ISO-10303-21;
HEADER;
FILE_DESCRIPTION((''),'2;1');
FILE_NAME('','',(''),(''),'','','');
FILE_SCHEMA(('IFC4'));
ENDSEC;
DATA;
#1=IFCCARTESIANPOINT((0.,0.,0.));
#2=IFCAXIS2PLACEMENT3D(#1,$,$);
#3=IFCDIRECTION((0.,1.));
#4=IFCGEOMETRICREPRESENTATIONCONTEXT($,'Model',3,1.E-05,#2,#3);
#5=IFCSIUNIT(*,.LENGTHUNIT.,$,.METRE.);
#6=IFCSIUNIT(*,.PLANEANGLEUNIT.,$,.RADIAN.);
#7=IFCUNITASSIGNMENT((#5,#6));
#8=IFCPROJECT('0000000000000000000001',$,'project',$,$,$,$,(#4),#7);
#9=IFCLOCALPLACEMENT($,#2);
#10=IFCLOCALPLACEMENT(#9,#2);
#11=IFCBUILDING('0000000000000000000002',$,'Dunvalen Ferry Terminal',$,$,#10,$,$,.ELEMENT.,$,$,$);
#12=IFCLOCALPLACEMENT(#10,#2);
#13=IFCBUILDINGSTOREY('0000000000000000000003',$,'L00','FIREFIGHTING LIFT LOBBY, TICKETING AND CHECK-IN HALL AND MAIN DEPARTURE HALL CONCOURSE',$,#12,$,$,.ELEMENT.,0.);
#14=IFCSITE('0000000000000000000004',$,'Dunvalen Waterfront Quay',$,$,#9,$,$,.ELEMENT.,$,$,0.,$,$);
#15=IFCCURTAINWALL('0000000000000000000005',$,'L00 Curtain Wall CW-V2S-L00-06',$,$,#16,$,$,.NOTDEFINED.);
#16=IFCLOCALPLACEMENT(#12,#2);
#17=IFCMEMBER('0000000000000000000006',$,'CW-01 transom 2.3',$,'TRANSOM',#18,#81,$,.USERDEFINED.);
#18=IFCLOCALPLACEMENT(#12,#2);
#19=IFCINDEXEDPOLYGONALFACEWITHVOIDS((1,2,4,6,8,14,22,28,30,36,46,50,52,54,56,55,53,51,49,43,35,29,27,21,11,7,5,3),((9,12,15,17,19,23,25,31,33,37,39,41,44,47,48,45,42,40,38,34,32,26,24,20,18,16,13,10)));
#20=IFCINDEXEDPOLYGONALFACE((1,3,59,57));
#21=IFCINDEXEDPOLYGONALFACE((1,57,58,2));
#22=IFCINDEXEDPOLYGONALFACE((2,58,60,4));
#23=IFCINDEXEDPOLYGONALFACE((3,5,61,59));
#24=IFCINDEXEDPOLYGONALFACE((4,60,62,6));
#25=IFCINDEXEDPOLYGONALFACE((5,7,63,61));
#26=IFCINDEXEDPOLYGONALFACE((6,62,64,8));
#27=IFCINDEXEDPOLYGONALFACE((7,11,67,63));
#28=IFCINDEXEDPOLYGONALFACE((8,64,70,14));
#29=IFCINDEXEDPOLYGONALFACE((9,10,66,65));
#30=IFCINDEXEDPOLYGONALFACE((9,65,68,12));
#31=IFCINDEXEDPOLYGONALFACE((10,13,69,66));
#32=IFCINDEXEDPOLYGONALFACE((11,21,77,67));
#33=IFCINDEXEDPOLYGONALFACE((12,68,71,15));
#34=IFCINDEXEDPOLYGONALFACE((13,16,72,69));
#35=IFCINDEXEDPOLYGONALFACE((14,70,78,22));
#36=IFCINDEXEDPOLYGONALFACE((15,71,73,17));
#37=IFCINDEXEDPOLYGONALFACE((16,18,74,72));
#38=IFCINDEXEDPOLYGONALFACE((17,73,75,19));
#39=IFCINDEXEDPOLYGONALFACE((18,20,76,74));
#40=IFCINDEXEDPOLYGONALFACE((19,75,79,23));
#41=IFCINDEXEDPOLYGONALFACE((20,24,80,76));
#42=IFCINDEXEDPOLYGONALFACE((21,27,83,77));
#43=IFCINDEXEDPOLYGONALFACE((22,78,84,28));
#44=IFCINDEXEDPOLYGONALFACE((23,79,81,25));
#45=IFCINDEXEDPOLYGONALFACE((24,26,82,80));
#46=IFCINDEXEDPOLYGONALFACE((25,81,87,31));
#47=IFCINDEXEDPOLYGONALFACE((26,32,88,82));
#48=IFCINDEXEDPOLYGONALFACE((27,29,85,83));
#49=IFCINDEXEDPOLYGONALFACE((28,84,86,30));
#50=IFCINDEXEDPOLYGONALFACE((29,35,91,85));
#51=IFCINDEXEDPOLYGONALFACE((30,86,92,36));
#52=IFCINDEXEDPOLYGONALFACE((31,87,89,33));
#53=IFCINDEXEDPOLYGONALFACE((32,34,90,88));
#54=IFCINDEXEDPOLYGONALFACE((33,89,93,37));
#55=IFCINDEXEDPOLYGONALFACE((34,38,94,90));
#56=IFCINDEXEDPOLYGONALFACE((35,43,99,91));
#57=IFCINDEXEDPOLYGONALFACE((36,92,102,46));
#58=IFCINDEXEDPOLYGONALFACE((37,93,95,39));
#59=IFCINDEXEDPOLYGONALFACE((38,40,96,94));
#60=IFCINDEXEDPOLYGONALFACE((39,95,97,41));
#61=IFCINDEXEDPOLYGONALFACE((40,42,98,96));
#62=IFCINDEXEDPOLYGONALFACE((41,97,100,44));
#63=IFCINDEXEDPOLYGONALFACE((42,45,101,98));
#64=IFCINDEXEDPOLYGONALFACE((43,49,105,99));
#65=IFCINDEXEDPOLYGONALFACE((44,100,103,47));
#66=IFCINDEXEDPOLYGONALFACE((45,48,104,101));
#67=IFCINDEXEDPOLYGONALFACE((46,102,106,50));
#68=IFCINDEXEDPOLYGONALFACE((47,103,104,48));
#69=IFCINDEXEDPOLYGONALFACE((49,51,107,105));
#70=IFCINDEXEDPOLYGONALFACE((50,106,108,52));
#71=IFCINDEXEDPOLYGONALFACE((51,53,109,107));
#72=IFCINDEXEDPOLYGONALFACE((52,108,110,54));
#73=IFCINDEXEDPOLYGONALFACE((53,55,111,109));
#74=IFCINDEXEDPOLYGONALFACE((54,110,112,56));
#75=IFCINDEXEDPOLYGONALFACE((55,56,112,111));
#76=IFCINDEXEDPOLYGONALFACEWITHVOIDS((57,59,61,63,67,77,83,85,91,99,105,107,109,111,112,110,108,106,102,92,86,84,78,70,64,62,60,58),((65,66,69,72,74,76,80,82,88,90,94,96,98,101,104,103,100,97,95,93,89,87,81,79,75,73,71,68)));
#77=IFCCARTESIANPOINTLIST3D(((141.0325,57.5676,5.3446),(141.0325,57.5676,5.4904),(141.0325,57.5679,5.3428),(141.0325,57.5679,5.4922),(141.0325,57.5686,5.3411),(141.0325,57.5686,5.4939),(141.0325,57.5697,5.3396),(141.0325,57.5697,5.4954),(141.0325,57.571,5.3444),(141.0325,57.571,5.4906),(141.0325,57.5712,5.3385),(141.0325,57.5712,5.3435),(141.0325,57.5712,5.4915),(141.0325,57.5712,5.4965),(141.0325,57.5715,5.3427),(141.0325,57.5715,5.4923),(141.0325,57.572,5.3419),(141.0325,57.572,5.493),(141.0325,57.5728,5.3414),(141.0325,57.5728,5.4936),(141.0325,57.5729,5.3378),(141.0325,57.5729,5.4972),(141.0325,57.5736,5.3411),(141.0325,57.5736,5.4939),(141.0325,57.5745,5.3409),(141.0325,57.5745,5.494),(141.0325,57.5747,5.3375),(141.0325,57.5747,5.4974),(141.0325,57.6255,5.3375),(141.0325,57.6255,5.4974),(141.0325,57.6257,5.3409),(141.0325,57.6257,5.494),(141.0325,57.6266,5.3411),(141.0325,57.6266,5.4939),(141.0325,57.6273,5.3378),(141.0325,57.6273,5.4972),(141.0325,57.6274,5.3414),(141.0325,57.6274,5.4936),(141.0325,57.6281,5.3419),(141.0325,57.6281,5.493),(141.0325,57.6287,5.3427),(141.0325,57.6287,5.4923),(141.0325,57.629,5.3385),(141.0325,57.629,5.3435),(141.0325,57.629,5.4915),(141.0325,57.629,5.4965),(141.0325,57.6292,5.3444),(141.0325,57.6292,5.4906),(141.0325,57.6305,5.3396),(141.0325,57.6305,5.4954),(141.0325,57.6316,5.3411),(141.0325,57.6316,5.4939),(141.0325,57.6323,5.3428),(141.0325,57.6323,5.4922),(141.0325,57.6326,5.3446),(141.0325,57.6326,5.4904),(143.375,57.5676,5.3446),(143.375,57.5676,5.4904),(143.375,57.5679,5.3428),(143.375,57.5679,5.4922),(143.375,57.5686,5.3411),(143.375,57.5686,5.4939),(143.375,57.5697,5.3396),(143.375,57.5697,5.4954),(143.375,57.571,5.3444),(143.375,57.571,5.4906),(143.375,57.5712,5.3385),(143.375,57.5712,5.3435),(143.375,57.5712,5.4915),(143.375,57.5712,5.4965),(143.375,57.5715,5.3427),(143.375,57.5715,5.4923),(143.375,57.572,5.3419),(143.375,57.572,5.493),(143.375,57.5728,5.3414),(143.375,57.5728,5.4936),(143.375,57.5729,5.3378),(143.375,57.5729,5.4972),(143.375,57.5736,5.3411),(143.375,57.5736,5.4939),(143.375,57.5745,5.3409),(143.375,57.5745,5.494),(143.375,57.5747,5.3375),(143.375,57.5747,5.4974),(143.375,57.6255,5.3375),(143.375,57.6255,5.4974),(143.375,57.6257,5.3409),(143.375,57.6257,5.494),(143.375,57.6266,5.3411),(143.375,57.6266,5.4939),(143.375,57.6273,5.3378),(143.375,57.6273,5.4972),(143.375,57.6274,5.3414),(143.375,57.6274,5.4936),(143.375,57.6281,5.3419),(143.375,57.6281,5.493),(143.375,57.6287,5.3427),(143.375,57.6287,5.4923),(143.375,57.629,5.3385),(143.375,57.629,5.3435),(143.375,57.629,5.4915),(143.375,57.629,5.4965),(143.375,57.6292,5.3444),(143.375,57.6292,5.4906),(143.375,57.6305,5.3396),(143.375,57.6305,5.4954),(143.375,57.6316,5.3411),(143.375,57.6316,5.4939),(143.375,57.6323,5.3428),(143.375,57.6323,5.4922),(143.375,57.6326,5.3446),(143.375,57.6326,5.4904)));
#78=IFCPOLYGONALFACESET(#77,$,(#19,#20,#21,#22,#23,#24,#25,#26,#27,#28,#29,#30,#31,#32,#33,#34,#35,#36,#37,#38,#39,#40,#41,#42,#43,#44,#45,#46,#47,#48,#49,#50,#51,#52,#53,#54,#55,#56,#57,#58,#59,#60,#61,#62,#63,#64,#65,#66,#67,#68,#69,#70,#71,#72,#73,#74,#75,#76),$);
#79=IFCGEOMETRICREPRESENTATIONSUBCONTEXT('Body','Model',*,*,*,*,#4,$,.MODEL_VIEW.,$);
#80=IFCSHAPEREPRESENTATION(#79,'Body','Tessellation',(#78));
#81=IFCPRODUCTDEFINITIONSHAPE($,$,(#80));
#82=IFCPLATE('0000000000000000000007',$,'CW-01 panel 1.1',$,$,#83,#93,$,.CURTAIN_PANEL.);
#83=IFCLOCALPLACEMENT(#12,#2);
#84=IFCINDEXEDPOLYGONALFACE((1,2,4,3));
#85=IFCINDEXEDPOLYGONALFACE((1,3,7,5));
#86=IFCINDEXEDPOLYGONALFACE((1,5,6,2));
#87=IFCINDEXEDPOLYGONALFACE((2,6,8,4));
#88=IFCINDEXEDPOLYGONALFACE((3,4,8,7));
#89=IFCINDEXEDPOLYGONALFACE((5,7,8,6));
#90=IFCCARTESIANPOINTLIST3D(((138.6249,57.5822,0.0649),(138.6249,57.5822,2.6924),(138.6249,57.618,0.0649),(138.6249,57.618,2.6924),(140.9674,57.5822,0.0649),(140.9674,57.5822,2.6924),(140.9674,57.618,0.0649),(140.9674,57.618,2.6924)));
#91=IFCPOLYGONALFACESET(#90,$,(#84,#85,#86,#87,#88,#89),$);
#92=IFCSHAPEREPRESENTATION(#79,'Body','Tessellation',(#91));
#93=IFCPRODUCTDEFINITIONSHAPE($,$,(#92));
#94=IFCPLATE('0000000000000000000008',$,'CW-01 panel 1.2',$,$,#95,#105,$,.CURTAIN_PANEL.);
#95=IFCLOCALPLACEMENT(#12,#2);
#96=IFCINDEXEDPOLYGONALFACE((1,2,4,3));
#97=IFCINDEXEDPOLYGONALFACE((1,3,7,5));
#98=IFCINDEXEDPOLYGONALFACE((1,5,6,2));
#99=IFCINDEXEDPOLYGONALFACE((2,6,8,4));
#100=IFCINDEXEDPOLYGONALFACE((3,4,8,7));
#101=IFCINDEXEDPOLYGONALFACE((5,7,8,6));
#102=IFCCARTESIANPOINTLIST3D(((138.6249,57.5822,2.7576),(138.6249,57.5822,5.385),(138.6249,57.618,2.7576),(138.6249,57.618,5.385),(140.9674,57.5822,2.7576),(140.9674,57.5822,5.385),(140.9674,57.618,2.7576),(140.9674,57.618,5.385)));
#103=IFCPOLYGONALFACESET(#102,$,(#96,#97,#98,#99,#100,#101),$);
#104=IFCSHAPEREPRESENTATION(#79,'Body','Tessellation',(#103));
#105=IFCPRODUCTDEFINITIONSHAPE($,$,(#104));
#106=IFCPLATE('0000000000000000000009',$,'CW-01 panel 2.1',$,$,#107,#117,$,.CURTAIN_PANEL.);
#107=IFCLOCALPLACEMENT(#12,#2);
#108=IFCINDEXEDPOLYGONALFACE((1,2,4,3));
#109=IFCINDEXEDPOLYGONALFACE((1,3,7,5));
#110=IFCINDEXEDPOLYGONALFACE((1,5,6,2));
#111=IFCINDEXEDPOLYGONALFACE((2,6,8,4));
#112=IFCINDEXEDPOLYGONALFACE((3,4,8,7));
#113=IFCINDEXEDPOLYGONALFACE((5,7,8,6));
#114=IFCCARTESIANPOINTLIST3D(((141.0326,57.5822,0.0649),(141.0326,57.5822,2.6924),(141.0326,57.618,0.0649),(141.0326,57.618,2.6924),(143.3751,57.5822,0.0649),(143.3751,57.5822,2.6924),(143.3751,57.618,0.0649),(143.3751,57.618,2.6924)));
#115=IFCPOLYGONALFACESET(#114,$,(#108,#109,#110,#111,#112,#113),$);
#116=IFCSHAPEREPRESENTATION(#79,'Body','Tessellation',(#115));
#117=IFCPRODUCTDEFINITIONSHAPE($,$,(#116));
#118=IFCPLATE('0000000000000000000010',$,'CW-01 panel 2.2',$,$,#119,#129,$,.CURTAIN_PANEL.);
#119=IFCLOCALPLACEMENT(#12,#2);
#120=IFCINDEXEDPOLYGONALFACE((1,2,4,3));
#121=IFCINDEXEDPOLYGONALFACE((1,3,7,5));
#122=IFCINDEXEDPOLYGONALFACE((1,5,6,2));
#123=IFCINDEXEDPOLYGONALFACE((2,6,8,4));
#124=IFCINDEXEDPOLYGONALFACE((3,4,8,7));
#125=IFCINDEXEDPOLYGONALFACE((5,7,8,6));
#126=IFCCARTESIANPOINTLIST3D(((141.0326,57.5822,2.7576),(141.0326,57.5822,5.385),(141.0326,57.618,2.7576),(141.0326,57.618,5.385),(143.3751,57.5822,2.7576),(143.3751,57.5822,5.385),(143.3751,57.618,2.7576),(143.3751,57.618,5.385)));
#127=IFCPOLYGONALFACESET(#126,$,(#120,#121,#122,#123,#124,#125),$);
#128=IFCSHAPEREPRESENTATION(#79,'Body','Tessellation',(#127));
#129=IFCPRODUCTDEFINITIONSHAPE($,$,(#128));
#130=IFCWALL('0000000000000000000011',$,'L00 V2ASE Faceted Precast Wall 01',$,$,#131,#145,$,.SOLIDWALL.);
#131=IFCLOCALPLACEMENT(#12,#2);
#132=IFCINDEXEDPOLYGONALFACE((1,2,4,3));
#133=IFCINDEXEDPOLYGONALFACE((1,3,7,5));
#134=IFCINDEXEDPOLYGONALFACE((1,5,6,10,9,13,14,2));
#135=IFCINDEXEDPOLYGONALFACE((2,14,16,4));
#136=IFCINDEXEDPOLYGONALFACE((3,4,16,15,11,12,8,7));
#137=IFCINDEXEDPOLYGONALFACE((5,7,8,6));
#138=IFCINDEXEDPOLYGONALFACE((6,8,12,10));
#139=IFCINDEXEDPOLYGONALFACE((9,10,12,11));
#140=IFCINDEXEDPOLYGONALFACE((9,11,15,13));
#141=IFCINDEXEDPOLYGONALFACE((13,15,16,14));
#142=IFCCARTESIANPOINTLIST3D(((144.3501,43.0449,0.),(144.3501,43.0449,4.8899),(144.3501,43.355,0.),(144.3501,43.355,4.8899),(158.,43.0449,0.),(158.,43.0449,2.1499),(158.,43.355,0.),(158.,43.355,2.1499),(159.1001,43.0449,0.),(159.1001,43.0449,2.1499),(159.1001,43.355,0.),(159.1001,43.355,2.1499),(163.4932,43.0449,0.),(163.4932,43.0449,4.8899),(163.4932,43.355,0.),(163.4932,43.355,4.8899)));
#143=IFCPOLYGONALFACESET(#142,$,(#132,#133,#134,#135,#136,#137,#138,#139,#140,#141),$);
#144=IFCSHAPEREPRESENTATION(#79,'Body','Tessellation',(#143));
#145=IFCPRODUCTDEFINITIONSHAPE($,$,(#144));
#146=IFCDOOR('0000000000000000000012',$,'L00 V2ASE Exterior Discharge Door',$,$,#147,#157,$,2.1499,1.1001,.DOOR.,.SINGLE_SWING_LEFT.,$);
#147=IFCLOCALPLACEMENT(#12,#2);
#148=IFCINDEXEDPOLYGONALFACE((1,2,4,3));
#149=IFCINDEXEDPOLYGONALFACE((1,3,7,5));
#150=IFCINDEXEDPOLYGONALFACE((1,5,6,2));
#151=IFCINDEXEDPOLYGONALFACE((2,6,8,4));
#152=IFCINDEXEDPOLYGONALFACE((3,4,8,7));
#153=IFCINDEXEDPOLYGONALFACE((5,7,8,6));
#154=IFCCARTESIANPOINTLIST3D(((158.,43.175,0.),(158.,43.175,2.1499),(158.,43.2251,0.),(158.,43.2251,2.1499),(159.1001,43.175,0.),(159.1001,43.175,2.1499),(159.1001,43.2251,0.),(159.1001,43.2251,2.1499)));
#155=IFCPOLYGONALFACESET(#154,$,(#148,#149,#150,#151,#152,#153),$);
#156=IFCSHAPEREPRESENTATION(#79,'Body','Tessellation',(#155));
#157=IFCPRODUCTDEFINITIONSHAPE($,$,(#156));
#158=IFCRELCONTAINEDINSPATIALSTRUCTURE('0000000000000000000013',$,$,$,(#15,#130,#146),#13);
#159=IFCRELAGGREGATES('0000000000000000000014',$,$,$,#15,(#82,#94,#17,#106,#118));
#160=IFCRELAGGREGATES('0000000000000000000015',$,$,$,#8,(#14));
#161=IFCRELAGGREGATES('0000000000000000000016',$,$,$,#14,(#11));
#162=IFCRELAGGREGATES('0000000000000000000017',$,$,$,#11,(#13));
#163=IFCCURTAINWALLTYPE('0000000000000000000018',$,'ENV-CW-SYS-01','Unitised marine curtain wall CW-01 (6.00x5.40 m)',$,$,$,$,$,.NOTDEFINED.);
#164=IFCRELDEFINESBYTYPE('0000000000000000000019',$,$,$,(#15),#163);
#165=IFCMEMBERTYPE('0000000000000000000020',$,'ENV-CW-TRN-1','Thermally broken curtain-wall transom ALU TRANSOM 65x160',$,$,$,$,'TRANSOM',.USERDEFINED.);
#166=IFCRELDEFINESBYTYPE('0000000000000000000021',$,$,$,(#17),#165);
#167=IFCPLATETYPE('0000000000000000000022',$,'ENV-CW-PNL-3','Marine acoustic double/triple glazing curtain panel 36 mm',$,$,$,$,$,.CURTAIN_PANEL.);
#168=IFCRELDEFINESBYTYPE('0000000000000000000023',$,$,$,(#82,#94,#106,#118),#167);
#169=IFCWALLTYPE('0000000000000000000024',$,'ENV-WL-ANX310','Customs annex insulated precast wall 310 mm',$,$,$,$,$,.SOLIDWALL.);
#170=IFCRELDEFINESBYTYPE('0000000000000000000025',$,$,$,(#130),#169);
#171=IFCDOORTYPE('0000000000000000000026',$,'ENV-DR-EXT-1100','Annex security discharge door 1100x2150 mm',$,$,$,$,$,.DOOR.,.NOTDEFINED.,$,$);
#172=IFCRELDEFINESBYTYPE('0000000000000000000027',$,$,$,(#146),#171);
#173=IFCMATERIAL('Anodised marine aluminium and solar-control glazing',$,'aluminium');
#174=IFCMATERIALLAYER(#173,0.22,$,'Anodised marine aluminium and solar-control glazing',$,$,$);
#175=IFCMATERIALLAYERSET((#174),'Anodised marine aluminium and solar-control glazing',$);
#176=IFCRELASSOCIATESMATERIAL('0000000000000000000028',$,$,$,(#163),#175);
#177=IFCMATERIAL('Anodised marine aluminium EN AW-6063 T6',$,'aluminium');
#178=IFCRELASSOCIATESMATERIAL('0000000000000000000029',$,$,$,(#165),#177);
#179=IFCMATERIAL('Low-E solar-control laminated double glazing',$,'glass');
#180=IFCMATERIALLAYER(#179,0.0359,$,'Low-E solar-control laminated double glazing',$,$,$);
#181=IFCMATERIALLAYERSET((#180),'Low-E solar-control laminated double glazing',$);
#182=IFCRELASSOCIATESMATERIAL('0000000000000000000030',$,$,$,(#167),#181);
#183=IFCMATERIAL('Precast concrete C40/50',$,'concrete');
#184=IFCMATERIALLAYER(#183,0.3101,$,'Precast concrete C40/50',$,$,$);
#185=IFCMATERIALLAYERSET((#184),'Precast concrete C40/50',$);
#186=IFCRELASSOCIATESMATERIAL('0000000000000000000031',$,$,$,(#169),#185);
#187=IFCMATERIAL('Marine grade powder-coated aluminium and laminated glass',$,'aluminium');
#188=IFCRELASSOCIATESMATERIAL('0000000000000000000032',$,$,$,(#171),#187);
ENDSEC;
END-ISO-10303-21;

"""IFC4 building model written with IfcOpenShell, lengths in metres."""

from ifc_helpers import new_model, si_unit, direction, frame, frame_2d, origin, origin_2d, place, context, subcontext, project, spatial, rectangle, hollow_rectangle, extrude, material, layer, layer_set, material_profile, profile_set, type_object, element, fill, aggregate, save


model = new_model("IFC4")

# Units and contexts
model_context = context("Model", 3, precision=1e-05, world=origin(), true_north=direction((0.0, 1.0)))
body_context = subcontext(model_context, "Body", "Model", "MODEL_VIEW")
ifc_project = project(units=[si_unit("LENGTHUNIT", "METRE"), si_unit("PLANEANGLEUNIT", "RADIAN")], contexts=[model_context])

# Site, building, storey
site_placement = place(None, origin())
site = spatial("IfcSite", under=ifc_project, at=site_placement, Name="Dunvalen Waterfront Quay", CompositionType="ELEMENT", RefElevation=0.0)
building_placement = place(site_placement, origin())
building = spatial("IfcBuilding", under=site, at=building_placement, Name="Dunvalen Ferry Terminal", CompositionType="ELEMENT")
storey_placement = place(building_placement, origin())
storey = spatial("IfcBuildingStorey", under=building, at=storey_placement, Name="L00", Description="FIREFIGHTING LIFT LOBBY, TICKETING AND CHECK-IN HALL AND MAIN DEPARTURE HALL CONCOURSE", CompositionType="ELEMENT", Elevation=0.0)

# Curtain wall, member, plates
ifc_material_1 = material(Name="Anodised marine aluminium and solar-control glazing", Category="aluminium")
ifc_layer_1 = layer(ifc_material_1, 0.22, Name="Anodised marine aluminium and solar-control glazing")
ifc_layer_set_1 = layer_set([ifc_layer_1], Name="Anodised marine aluminium and solar-control glazing")
curtain_wall_type = type_object("IfcCurtainWallType", Name="ENV-CW-SYS-01", Description="Unitised marine curtain wall CW-01 (6.00x5.40 m)", PredefinedType="NOTDEFINED", material=ifc_layer_set_1)
curtain_wall_placement = place(storey_placement, origin())
curtain_wall = element("IfcCurtainWall", 1, at=curtain_wall_placement, inside=storey, type_object=curtain_wall_type, Name="L00 Curtain Wall CW-V2S-L00-06", PredefinedType="NOTDEFINED")
ifc_material_2 = material(Name="Anodised marine aluminium EN AW-6063 T6", Category="aluminium")
ifc_material_profile_1 = material_profile(ifc_material_2, hollow_rectangle(XDim=0.0649, YDim=0.1599, WallThickness=0.0034, InnerFilletRadius=0.0034, OuterFilletRadius=0.0071, at=origin_2d()), Name="Anodised marine aluminium EN AW-6063 T6")
ifc_profile_set_1 = profile_set([ifc_material_profile_1], Name="Anodised marine aluminium EN AW-6063 T6")
member_type_1 = type_object("IfcMemberType", Name="ENV-CW-TRN-1", Description="Thermally broken curtain-wall transom ALU TRANSOM 65x160", ElementType="TRANSOM", PredefinedType="USERDEFINED", material=ifc_profile_set_1)
member_1_placement = place(storey_placement, frame((141.0325, 57.6001, 5.4175), z_axis=(1.0, 0.0, 0.0), x_axis=(0.0, 1.0, 0.0)))
member_1 = element("IfcMember", 2, at=member_1_placement, type_object=member_type_1, Name="CW-01 transom 2.3", ObjectType="TRANSOM", PredefinedType="USERDEFINED", context=body_context, shape_type="SweptSolid", body=[
    extrude(hollow_rectangle(XDim=0.0649, YDim=0.1599, WallThickness=0.0034, InnerFilletRadius=0.0034, OuterFilletRadius=0.0071, at=origin_2d()), origin(), (0.0, 0.0, 1.0), 2.3425),
])
ifc_material_3 = material(Name="Low-E solar-control laminated double glazing", Category="glass")
ifc_layer_2 = layer(ifc_material_3, 0.0359, Name="Low-E solar-control laminated double glazing")
ifc_layer_set_2 = layer_set([ifc_layer_2], Name="Low-E solar-control laminated double glazing")
plate_type = type_object("IfcPlateType", Name="ENV-CW-PNL-3", Description="Marine acoustic double/triple glazing curtain panel 36 mm", PredefinedType="CURTAIN_PANEL", material=ifc_layer_set_2)
plate_1_placement = place(storey_placement, frame((139.7961, 57.6001, 0.0649), z_axis=(0.0, 0.0, 1.0), x_axis=(1.0, 0.0, 0.0)))
plate_1 = element("IfcPlate", 3, at=plate_1_placement, type_object=plate_type, Name="CW-01 panel 1.1", PredefinedType="CURTAIN_PANEL", context=body_context, shape_type="SweptSolid", body=[
    extrude(rectangle(XDim=2.3425, YDim=0.0359, at=origin_2d()), origin(), (0.0, 0.0, 1.0), 2.6274),
])
plate_2_placement = place(storey_placement, frame((139.7961, 57.6001, 2.7576), z_axis=(0.0, 0.0, 1.0), x_axis=(1.0, 0.0, 0.0)))
plate_2 = element("IfcPlate", 4, at=plate_2_placement, type_object=plate_type, Name="CW-01 panel 1.2", PredefinedType="CURTAIN_PANEL", context=body_context, shape_type="SweptSolid", body=[
    extrude(rectangle(XDim=2.3425, YDim=0.0359, at=origin_2d()), origin(), (0.0, 0.0, 1.0), 2.6274),
])
plate_3_placement = place(storey_placement, frame((142.2039, 57.6001, 0.0649), z_axis=(0.0, 0.0, 1.0), x_axis=(1.0, 0.0, 0.0)))
plate_3 = element("IfcPlate", 5, at=plate_3_placement, type_object=plate_type, Name="CW-01 panel 2.1", PredefinedType="CURTAIN_PANEL", context=body_context, shape_type="SweptSolid", body=[
    extrude(rectangle(XDim=2.3425, YDim=0.0359, at=origin_2d()), origin(), (0.0, 0.0, 1.0), 2.6274),
])
plate_4_placement = place(storey_placement, frame((142.2039, 57.6001, 2.7576), z_axis=(0.0, 0.0, 1.0), x_axis=(1.0, 0.0, 0.0)))
plate_4 = element("IfcPlate", 6, at=plate_4_placement, type_object=plate_type, Name="CW-01 panel 2.2", PredefinedType="CURTAIN_PANEL", context=body_context, shape_type="SweptSolid", body=[
    extrude(rectangle(XDim=2.3425, YDim=0.0359, at=origin_2d()), origin(), (0.0, 0.0, 1.0), 2.6274),
])
aggregate(curtain_wall, [plate_1, plate_2, member_1, plate_3, plate_4])

# Wall, opening, door
ifc_material_4 = material(Name="Precast concrete C40/50", Category="concrete")
ifc_layer_3 = layer(ifc_material_4, 0.3101, Name="Precast concrete C40/50")
ifc_layer_set_3 = layer_set([ifc_layer_3], Name="Precast concrete C40/50")
wall_type = type_object("IfcWallType", Name="ENV-WL-ANX310", Description="Customs annex insulated precast wall 310 mm", PredefinedType="SOLIDWALL", material=ifc_layer_set_3)
wall_1_placement = place(storey_placement, frame((144.3501, 43.2, 0.0), z_axis=(0.0, 0.0, 1.0), x_axis=(1.0, 0.0, 0.0)))
wall_1 = element("IfcWall", 7, at=wall_1_placement, inside=storey, type_object=wall_type, Name="L00 V2ASE Faceted Precast Wall 01", PredefinedType="SOLIDWALL", context=body_context, shape_type="SweptSolid", body=[
    extrude(rectangle(XDim=19.1431, YDim=0.3101, at=frame_2d((9.5715, 0.0))), origin(), (0.0, 0.0, 1.0), 4.8899),
])
opening_1_placement = place(wall_1_placement, frame((13.6499, 0.0, 0.0)))
opening_1 = element("IfcOpeningElement", 8, at=opening_1_placement, cuts=wall_1, PredefinedType="OPENING", context=body_context, shape_type="SweptSolid", body=[
    extrude(rectangle(XDim=1.1001, YDim=2.1499, at=frame_2d((0.55, 1.075))), frame((0.0, 0.165, 0.0), z_axis=(0.0, -1.0, 0.0), x_axis=(1.0, 0.0, 0.0)), (0.0, 0.0, 1.0), 0.3301),
])
ifc_material_5 = material(Name="Marine grade powder-coated aluminium and laminated glass", Category="aluminium")
door_type = type_object("IfcDoorType", Name="ENV-DR-EXT-1100", Description="Annex security discharge door 1100x2150 mm", OperationType="NOTDEFINED", PredefinedType="DOOR", material=ifc_material_5)
door_placement = place(opening_1_placement, frame((1.1001, 0.0, 0.0), z_axis=(0.0, 0.0, 1.0), x_axis=(-1.0, 0.0, 0.0)))
door = element("IfcDoor", 9, at=door_placement, inside=storey, type_object=door_type, Name="L00 V2ASE Exterior Discharge Door", OperationType="SINGLE_SWING_LEFT", OverallHeight=2.1499, OverallWidth=1.1001, PredefinedType="DOOR", context=body_context, shape_type="SweptSolid", body=[
    extrude(rectangle(XDim=1.1001, YDim=2.1499, at=frame_2d((0.55, 1.075))), frame((0.0, 0.0249, 0.0), z_axis=(0.0, -1.0, 0.0), x_axis=(1.0, 0.0, 0.0)), (0.0, 0.0, 1.0), 0.05),
])
fill(opening_1, door)

save(model, "model.ifc")
